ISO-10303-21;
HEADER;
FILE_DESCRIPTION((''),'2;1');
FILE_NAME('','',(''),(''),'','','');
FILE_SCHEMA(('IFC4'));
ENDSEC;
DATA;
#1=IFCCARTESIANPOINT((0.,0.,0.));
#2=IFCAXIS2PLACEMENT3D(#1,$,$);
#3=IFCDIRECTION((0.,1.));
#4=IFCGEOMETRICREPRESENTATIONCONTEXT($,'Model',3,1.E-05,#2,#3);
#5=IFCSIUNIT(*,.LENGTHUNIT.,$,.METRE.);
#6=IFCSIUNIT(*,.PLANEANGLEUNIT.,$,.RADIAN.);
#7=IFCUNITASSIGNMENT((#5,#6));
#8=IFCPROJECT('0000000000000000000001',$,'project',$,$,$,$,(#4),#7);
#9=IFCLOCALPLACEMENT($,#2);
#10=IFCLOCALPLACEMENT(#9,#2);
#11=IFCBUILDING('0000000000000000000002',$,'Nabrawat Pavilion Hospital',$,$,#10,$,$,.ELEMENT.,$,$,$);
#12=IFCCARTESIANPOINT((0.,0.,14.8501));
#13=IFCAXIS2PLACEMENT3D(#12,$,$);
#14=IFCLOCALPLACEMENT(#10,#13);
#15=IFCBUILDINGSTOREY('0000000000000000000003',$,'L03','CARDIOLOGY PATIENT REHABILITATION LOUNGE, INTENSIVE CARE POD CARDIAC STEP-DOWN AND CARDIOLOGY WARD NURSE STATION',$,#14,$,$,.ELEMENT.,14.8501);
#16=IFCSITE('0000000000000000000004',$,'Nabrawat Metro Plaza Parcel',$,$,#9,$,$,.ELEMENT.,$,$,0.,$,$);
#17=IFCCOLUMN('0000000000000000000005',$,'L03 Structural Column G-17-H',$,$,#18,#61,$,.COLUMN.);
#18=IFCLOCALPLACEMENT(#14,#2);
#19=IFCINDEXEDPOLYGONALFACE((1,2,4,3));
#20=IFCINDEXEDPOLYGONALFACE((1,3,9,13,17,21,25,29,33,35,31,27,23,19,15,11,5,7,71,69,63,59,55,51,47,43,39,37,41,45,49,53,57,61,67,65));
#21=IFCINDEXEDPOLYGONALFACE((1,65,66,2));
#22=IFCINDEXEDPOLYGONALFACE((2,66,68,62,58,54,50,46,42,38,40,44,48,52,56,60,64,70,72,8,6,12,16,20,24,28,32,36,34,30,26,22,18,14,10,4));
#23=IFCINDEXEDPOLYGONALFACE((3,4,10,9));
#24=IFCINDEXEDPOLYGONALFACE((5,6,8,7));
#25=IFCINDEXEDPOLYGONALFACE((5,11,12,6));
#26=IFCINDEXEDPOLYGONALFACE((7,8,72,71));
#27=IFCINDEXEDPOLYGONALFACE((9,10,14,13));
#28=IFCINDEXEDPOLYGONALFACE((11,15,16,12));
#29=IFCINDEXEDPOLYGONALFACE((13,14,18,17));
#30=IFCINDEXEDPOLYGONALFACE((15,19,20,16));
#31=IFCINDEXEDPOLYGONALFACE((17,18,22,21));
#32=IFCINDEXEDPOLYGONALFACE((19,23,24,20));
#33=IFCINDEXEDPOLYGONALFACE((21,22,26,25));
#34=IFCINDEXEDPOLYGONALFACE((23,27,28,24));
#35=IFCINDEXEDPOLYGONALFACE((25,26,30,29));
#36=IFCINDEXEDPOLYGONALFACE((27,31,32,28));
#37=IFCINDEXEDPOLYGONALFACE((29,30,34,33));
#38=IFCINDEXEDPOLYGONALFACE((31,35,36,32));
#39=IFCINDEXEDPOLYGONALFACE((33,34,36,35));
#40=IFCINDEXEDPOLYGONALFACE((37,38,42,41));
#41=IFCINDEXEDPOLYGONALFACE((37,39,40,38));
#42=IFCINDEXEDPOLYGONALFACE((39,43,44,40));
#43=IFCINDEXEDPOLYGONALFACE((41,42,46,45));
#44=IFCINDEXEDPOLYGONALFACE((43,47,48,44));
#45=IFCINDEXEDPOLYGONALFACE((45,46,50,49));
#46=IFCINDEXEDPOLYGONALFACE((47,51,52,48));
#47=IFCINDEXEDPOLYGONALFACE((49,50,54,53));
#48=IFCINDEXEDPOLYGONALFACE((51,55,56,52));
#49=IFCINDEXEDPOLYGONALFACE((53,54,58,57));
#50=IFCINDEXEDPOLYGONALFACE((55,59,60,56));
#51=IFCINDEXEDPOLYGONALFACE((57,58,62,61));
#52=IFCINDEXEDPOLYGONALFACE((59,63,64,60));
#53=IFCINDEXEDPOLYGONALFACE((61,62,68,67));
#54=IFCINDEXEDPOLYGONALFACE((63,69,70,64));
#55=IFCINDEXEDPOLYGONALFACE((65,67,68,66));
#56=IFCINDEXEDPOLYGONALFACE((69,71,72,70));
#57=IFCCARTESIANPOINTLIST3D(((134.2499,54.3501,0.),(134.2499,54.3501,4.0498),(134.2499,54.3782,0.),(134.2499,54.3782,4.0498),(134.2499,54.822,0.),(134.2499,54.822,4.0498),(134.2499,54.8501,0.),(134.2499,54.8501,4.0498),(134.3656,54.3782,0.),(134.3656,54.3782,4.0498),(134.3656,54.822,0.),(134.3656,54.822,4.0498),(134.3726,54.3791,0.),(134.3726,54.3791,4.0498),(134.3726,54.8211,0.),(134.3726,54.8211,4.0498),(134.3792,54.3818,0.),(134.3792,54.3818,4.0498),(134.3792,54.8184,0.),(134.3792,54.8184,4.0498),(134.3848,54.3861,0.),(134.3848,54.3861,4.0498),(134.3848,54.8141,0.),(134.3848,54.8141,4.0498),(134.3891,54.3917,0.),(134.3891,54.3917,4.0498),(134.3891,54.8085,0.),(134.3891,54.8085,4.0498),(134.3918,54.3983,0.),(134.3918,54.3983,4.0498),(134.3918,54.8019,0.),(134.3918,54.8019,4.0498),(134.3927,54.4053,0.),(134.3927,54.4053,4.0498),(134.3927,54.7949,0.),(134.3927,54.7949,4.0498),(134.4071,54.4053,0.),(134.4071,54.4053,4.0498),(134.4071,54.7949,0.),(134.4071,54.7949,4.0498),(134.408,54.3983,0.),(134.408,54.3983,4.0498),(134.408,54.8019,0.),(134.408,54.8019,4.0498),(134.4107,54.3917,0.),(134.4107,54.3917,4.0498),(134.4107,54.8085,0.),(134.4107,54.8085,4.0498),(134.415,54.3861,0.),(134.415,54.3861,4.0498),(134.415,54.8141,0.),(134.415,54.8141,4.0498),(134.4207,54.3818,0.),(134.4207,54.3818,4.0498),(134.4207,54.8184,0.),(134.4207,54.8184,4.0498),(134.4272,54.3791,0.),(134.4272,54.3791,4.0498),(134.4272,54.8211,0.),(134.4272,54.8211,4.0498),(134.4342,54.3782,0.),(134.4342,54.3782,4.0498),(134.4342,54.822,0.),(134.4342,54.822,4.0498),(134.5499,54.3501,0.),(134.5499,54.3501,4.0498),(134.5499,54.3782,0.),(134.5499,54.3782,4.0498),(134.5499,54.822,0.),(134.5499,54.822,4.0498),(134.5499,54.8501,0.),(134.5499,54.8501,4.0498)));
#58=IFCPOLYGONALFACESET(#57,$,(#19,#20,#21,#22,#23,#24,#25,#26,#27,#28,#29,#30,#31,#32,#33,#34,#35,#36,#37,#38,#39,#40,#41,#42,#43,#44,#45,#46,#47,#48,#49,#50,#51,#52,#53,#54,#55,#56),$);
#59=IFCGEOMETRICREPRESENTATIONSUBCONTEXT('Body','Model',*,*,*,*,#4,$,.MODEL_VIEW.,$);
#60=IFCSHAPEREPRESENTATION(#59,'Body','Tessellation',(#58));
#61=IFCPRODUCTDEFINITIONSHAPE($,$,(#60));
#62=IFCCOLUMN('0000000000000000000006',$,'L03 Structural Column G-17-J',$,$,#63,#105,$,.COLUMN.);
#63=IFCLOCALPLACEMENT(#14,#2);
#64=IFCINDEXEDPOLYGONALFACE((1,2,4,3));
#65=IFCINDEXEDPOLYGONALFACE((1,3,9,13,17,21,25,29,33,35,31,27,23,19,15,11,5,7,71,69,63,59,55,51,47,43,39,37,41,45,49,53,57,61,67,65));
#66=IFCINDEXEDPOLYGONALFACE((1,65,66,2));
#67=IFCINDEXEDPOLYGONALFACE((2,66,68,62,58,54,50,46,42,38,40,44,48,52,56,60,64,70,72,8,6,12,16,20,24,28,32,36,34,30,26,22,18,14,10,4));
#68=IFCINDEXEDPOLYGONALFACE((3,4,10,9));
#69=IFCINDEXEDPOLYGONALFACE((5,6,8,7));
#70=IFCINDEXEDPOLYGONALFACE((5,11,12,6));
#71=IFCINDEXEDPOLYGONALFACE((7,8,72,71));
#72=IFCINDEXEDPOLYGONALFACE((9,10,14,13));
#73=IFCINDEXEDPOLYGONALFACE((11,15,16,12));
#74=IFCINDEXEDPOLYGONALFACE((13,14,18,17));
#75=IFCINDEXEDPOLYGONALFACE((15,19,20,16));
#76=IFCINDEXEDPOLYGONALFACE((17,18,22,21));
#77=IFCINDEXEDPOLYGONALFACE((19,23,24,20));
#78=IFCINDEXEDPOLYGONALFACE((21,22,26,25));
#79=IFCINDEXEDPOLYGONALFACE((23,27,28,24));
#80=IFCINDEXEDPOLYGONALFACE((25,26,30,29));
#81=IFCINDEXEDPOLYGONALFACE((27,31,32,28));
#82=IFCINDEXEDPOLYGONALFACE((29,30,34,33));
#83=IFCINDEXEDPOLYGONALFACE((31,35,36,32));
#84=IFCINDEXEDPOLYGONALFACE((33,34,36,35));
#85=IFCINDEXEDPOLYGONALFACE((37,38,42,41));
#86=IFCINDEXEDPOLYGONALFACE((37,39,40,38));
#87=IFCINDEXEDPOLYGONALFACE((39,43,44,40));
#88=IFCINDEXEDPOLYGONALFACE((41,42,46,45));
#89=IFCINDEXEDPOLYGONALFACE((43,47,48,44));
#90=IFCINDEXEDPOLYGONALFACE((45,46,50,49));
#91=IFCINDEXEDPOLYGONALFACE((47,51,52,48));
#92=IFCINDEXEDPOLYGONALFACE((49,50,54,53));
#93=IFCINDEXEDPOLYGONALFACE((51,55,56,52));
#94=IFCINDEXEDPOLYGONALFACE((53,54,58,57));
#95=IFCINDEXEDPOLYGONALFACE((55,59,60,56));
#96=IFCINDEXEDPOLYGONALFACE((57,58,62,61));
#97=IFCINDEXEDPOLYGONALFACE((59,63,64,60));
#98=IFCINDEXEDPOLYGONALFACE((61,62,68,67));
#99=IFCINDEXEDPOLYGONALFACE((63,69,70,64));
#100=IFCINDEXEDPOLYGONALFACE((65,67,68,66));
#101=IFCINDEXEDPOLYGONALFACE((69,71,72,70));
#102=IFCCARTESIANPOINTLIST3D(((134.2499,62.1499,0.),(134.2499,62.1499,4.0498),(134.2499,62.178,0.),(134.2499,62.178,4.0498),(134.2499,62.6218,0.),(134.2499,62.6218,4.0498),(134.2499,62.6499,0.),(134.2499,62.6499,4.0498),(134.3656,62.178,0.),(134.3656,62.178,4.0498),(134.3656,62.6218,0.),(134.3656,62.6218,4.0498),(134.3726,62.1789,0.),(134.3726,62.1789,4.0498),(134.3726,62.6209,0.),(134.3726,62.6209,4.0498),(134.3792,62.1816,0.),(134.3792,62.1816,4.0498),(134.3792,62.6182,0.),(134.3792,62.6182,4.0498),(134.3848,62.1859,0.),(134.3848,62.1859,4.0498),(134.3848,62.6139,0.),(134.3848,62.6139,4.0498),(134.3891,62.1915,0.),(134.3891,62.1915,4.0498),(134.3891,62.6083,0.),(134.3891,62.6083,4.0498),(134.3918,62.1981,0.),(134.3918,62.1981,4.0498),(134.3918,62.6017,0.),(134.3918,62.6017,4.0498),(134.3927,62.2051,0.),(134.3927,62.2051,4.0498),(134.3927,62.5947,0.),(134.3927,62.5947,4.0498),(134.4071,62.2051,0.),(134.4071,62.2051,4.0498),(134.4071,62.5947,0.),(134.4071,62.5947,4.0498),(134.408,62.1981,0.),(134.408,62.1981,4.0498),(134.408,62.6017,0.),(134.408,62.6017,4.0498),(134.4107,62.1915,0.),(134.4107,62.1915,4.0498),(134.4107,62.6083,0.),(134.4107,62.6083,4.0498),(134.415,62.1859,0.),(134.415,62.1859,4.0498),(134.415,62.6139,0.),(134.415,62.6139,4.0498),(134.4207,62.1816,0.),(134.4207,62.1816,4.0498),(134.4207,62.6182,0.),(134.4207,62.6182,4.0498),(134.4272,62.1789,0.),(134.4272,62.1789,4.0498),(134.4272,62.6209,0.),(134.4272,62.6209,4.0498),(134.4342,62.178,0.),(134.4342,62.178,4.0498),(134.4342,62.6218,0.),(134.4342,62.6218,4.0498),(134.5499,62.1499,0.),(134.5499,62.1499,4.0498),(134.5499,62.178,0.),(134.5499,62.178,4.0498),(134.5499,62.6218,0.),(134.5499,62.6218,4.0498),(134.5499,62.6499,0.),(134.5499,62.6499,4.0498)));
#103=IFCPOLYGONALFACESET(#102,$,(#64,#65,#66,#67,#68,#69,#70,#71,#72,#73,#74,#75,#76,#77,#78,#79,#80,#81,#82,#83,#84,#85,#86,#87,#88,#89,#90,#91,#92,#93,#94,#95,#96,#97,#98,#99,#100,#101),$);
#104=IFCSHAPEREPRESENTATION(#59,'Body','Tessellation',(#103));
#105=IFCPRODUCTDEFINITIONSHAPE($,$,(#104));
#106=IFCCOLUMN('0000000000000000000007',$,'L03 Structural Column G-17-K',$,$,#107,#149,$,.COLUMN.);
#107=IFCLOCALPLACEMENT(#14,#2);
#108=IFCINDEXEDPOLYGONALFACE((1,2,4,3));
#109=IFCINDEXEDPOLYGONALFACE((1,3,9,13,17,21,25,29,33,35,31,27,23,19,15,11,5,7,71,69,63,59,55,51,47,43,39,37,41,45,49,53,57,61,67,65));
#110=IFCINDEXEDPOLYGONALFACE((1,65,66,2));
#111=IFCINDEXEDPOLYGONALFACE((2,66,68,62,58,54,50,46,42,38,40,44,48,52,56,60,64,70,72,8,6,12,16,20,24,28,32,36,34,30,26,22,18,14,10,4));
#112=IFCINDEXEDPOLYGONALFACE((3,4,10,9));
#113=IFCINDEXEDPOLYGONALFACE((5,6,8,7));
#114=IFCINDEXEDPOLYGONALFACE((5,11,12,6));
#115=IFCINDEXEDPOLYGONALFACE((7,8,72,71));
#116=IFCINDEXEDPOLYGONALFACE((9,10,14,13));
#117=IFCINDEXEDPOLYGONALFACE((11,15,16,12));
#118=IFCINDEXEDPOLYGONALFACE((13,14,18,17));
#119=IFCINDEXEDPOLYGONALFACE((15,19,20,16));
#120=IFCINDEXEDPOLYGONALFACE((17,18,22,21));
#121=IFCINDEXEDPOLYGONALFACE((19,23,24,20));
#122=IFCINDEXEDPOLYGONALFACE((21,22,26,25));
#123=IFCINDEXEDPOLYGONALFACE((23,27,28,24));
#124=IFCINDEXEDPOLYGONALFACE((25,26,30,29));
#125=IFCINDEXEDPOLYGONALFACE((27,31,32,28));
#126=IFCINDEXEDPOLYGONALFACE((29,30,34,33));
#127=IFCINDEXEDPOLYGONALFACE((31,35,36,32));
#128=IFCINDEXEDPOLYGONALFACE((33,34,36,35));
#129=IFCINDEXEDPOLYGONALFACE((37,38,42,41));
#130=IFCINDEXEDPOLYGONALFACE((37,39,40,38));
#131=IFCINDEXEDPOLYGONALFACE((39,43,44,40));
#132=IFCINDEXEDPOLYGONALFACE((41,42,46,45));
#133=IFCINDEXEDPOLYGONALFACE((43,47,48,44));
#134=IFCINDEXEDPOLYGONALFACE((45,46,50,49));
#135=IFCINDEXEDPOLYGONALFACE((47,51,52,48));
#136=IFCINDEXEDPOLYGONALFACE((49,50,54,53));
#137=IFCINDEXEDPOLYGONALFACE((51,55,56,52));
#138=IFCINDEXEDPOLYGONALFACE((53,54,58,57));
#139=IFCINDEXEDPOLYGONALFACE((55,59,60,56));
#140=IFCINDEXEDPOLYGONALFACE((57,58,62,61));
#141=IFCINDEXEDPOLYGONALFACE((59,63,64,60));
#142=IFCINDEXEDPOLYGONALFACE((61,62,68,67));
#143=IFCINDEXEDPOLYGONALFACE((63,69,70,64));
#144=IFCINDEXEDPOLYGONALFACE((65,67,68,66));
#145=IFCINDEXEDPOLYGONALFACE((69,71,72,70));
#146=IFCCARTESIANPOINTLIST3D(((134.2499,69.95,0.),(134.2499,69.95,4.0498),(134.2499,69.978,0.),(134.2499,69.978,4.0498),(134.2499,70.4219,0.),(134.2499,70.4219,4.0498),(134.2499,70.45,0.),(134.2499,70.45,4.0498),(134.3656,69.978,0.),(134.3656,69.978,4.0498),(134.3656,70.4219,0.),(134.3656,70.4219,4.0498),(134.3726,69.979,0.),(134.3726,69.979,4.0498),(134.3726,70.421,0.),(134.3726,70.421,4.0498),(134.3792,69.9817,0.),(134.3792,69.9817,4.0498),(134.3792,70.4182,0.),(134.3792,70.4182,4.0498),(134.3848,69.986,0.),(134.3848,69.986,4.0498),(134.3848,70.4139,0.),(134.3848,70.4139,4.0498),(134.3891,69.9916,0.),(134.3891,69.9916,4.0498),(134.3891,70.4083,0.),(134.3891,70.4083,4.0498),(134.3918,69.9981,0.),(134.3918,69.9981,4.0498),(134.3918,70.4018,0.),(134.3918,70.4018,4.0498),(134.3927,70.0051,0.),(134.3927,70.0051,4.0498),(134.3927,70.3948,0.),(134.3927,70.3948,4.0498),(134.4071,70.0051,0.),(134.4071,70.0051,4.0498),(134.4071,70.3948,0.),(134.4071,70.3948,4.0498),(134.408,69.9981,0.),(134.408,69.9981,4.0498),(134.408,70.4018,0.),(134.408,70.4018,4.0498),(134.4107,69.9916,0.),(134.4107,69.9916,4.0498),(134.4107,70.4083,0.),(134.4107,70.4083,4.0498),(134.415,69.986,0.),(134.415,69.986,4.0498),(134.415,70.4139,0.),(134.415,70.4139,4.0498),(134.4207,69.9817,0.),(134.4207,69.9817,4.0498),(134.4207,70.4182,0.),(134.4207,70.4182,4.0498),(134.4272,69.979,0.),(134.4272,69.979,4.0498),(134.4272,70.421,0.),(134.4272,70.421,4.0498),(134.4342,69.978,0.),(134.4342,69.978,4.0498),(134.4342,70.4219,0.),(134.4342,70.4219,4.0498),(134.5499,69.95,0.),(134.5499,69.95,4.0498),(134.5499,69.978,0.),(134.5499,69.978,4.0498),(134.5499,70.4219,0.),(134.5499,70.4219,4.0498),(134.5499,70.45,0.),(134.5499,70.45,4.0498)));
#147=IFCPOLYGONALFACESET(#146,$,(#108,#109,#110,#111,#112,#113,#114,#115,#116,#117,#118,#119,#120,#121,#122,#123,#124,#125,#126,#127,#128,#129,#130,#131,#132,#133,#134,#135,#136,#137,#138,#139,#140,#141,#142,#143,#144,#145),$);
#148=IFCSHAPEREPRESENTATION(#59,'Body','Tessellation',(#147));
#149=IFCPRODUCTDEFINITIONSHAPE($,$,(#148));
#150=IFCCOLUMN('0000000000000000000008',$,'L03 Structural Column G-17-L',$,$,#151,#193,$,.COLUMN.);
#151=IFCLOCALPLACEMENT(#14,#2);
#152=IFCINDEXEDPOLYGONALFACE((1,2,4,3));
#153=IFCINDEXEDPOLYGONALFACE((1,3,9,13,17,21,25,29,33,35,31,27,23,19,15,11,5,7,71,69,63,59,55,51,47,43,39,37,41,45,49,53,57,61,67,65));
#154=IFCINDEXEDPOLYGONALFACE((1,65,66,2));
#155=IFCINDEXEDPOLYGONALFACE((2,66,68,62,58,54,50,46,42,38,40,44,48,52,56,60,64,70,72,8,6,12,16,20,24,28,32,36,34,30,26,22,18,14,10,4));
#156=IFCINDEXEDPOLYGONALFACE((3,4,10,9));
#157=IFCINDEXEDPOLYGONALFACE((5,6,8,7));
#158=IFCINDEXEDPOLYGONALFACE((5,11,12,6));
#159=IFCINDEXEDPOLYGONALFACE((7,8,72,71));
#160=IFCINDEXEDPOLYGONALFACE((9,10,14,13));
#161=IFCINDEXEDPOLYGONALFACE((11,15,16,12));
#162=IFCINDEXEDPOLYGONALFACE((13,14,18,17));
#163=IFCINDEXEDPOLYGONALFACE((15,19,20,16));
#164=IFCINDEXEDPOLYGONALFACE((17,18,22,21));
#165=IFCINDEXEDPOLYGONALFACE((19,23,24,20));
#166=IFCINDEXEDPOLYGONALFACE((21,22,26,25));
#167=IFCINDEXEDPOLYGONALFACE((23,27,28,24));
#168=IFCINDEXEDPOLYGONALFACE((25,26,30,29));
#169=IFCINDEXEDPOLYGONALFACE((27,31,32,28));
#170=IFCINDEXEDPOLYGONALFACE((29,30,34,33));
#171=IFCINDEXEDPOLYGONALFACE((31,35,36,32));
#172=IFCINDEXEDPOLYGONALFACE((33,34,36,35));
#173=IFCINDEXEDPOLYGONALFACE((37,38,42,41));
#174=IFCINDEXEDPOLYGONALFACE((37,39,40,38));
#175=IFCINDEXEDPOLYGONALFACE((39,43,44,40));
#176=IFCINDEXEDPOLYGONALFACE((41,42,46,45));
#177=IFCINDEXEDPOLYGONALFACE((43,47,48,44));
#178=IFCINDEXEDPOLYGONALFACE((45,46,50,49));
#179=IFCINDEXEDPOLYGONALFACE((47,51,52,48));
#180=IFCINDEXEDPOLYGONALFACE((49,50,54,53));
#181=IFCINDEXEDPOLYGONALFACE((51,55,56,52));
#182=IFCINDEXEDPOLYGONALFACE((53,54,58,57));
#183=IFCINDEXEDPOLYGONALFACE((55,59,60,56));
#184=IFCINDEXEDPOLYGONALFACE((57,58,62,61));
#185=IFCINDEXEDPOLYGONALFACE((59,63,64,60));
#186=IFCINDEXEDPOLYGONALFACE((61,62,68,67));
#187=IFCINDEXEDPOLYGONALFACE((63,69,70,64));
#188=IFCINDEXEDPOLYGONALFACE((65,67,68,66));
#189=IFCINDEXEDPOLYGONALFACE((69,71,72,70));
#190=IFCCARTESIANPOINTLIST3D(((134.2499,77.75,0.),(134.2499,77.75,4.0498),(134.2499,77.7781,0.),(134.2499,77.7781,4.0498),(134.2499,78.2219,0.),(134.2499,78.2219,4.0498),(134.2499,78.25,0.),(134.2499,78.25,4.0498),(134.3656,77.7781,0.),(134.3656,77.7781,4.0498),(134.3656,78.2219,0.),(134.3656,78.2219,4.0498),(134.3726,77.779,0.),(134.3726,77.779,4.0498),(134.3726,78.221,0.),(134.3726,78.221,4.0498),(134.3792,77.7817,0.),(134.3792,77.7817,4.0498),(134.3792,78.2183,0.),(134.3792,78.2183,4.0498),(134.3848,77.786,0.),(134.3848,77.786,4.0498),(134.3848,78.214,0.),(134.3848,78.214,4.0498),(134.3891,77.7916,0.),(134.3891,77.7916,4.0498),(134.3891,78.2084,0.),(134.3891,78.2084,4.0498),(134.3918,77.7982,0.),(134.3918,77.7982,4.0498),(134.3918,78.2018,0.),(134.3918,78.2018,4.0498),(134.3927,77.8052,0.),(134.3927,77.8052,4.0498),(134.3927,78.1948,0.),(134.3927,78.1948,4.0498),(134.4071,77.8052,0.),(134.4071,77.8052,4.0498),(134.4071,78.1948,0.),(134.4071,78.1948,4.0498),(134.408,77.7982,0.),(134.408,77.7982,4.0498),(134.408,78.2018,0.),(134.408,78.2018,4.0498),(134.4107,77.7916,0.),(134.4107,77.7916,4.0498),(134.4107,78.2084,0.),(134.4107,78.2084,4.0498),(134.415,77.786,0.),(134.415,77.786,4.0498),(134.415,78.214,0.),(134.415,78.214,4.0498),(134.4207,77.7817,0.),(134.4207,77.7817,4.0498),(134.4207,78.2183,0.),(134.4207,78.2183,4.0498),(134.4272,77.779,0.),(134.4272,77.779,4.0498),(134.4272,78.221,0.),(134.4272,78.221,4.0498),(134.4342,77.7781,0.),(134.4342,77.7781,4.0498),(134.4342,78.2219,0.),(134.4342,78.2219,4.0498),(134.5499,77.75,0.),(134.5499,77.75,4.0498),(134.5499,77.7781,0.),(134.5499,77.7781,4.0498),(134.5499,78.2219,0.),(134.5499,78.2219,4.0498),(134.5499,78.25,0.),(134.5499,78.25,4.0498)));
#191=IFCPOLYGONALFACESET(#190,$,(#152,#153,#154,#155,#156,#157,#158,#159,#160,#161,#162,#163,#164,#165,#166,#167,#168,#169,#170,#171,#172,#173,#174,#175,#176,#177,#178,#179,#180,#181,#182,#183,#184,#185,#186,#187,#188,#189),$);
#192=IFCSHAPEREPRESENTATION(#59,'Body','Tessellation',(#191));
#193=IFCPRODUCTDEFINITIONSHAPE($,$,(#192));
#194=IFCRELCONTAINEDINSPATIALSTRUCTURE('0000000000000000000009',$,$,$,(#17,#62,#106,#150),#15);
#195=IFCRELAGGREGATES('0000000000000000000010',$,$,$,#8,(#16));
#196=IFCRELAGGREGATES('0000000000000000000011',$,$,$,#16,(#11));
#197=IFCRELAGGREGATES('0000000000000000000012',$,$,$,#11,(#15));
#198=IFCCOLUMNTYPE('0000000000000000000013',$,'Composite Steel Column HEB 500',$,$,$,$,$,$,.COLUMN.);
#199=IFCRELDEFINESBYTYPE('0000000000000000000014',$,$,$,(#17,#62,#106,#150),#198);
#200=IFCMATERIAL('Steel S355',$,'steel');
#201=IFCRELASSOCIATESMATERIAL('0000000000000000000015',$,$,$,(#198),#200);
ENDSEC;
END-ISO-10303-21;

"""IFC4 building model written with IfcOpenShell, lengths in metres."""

from ifc_helpers import new_model, si_unit, direction, frame, origin, origin_2d, place, context, subcontext, project, spatial, i_section, extrude, material, material_profile, profile_set, type_object, element, save


model = new_model("IFC4")

# Units and contexts
model_context = context("Model", 3, precision=1e-05, world=origin(), true_north=direction((0.0, 1.0)))
body_context = subcontext(model_context, "Body", "Model", "MODEL_VIEW")
ifc_project = project(units=[si_unit("LENGTHUNIT", "METRE"), si_unit("PLANEANGLEUNIT", "RADIAN")], contexts=[model_context])

# Site, building, storey
site_placement = place(None, origin())
site = spatial("IfcSite", under=ifc_project, at=site_placement, Name="Nabrawat Metro Plaza Parcel", CompositionType="ELEMENT", RefElevation=0.0)
building_placement = place(site_placement, origin())
building = spatial("IfcBuilding", under=site, at=building_placement, Name="Nabrawat Pavilion Hospital", CompositionType="ELEMENT")
storey_placement = place(building_placement, frame((0.0, 0.0, 14.8501)))
storey = spatial("IfcBuildingStorey", under=building, at=storey_placement, Name="L03", Description="CARDIOLOGY PATIENT REHABILITATION LOUNGE, INTENSIVE CARE POD CARDIAC STEP-DOWN AND CARDIOLOGY WARD NURSE STATION", CompositionType="ELEMENT", Elevation=14.8501)

# Columns
ifc_material = material(Name="Steel S355", Category="steel")
ifc_material_profile_1 = material_profile(ifc_material, i_section(OverallWidth=0.3, OverallDepth=0.5, WebThickness=0.0144, FlangeThickness=0.0281, FilletRadius=0.0271, at=origin_2d()), Name="HEB 500")
ifc_profile_set_1 = profile_set([ifc_material_profile_1], Name="Steel S355")
column_type = type_object("IfcColumnType", Name="Composite Steel Column HEB 500", PredefinedType="COLUMN", material=ifc_profile_set_1)
for number, where, z_axis, x_axis, name in (
    (1, (134.3999, 54.6001, 0.0), (0.0, 0.0, 1.0), (1.0, 0.0, 0.0), "L03 Structural Column G-17-H"),
    (2, (134.3999, 62.3999, 0.0), (0.0, 0.0, 1.0), (1.0, 0.0, 0.0), "L03 Structural Column G-17-J"),
    (3, (134.3999, 70.2, 0.0), (0.0, 0.0, 1.0), (1.0, 0.0, 0.0), "L03 Structural Column G-17-K"),
    (4, (134.3999, 78.0, 0.0), (0.0, 0.0, 1.0), (1.0, 0.0, 0.0), "L03 Structural Column G-17-L"),
):
    element("IfcColumn", number, at=place(storey_placement, frame(where, z_axis=z_axis, x_axis=x_axis)), inside=storey, type_object=column_type, Name=name, PredefinedType="COLUMN", context=body_context, shape_type="SweptSolid", body=[
        extrude(i_section(OverallWidth=0.3, OverallDepth=0.5, WebThickness=0.0144, FlangeThickness=0.0281, FilletRadius=0.0271, at=origin_2d()), origin(), (0.0, 0.0, 1.0), 4.0498),
    ])

save(model, "model.ifc")
